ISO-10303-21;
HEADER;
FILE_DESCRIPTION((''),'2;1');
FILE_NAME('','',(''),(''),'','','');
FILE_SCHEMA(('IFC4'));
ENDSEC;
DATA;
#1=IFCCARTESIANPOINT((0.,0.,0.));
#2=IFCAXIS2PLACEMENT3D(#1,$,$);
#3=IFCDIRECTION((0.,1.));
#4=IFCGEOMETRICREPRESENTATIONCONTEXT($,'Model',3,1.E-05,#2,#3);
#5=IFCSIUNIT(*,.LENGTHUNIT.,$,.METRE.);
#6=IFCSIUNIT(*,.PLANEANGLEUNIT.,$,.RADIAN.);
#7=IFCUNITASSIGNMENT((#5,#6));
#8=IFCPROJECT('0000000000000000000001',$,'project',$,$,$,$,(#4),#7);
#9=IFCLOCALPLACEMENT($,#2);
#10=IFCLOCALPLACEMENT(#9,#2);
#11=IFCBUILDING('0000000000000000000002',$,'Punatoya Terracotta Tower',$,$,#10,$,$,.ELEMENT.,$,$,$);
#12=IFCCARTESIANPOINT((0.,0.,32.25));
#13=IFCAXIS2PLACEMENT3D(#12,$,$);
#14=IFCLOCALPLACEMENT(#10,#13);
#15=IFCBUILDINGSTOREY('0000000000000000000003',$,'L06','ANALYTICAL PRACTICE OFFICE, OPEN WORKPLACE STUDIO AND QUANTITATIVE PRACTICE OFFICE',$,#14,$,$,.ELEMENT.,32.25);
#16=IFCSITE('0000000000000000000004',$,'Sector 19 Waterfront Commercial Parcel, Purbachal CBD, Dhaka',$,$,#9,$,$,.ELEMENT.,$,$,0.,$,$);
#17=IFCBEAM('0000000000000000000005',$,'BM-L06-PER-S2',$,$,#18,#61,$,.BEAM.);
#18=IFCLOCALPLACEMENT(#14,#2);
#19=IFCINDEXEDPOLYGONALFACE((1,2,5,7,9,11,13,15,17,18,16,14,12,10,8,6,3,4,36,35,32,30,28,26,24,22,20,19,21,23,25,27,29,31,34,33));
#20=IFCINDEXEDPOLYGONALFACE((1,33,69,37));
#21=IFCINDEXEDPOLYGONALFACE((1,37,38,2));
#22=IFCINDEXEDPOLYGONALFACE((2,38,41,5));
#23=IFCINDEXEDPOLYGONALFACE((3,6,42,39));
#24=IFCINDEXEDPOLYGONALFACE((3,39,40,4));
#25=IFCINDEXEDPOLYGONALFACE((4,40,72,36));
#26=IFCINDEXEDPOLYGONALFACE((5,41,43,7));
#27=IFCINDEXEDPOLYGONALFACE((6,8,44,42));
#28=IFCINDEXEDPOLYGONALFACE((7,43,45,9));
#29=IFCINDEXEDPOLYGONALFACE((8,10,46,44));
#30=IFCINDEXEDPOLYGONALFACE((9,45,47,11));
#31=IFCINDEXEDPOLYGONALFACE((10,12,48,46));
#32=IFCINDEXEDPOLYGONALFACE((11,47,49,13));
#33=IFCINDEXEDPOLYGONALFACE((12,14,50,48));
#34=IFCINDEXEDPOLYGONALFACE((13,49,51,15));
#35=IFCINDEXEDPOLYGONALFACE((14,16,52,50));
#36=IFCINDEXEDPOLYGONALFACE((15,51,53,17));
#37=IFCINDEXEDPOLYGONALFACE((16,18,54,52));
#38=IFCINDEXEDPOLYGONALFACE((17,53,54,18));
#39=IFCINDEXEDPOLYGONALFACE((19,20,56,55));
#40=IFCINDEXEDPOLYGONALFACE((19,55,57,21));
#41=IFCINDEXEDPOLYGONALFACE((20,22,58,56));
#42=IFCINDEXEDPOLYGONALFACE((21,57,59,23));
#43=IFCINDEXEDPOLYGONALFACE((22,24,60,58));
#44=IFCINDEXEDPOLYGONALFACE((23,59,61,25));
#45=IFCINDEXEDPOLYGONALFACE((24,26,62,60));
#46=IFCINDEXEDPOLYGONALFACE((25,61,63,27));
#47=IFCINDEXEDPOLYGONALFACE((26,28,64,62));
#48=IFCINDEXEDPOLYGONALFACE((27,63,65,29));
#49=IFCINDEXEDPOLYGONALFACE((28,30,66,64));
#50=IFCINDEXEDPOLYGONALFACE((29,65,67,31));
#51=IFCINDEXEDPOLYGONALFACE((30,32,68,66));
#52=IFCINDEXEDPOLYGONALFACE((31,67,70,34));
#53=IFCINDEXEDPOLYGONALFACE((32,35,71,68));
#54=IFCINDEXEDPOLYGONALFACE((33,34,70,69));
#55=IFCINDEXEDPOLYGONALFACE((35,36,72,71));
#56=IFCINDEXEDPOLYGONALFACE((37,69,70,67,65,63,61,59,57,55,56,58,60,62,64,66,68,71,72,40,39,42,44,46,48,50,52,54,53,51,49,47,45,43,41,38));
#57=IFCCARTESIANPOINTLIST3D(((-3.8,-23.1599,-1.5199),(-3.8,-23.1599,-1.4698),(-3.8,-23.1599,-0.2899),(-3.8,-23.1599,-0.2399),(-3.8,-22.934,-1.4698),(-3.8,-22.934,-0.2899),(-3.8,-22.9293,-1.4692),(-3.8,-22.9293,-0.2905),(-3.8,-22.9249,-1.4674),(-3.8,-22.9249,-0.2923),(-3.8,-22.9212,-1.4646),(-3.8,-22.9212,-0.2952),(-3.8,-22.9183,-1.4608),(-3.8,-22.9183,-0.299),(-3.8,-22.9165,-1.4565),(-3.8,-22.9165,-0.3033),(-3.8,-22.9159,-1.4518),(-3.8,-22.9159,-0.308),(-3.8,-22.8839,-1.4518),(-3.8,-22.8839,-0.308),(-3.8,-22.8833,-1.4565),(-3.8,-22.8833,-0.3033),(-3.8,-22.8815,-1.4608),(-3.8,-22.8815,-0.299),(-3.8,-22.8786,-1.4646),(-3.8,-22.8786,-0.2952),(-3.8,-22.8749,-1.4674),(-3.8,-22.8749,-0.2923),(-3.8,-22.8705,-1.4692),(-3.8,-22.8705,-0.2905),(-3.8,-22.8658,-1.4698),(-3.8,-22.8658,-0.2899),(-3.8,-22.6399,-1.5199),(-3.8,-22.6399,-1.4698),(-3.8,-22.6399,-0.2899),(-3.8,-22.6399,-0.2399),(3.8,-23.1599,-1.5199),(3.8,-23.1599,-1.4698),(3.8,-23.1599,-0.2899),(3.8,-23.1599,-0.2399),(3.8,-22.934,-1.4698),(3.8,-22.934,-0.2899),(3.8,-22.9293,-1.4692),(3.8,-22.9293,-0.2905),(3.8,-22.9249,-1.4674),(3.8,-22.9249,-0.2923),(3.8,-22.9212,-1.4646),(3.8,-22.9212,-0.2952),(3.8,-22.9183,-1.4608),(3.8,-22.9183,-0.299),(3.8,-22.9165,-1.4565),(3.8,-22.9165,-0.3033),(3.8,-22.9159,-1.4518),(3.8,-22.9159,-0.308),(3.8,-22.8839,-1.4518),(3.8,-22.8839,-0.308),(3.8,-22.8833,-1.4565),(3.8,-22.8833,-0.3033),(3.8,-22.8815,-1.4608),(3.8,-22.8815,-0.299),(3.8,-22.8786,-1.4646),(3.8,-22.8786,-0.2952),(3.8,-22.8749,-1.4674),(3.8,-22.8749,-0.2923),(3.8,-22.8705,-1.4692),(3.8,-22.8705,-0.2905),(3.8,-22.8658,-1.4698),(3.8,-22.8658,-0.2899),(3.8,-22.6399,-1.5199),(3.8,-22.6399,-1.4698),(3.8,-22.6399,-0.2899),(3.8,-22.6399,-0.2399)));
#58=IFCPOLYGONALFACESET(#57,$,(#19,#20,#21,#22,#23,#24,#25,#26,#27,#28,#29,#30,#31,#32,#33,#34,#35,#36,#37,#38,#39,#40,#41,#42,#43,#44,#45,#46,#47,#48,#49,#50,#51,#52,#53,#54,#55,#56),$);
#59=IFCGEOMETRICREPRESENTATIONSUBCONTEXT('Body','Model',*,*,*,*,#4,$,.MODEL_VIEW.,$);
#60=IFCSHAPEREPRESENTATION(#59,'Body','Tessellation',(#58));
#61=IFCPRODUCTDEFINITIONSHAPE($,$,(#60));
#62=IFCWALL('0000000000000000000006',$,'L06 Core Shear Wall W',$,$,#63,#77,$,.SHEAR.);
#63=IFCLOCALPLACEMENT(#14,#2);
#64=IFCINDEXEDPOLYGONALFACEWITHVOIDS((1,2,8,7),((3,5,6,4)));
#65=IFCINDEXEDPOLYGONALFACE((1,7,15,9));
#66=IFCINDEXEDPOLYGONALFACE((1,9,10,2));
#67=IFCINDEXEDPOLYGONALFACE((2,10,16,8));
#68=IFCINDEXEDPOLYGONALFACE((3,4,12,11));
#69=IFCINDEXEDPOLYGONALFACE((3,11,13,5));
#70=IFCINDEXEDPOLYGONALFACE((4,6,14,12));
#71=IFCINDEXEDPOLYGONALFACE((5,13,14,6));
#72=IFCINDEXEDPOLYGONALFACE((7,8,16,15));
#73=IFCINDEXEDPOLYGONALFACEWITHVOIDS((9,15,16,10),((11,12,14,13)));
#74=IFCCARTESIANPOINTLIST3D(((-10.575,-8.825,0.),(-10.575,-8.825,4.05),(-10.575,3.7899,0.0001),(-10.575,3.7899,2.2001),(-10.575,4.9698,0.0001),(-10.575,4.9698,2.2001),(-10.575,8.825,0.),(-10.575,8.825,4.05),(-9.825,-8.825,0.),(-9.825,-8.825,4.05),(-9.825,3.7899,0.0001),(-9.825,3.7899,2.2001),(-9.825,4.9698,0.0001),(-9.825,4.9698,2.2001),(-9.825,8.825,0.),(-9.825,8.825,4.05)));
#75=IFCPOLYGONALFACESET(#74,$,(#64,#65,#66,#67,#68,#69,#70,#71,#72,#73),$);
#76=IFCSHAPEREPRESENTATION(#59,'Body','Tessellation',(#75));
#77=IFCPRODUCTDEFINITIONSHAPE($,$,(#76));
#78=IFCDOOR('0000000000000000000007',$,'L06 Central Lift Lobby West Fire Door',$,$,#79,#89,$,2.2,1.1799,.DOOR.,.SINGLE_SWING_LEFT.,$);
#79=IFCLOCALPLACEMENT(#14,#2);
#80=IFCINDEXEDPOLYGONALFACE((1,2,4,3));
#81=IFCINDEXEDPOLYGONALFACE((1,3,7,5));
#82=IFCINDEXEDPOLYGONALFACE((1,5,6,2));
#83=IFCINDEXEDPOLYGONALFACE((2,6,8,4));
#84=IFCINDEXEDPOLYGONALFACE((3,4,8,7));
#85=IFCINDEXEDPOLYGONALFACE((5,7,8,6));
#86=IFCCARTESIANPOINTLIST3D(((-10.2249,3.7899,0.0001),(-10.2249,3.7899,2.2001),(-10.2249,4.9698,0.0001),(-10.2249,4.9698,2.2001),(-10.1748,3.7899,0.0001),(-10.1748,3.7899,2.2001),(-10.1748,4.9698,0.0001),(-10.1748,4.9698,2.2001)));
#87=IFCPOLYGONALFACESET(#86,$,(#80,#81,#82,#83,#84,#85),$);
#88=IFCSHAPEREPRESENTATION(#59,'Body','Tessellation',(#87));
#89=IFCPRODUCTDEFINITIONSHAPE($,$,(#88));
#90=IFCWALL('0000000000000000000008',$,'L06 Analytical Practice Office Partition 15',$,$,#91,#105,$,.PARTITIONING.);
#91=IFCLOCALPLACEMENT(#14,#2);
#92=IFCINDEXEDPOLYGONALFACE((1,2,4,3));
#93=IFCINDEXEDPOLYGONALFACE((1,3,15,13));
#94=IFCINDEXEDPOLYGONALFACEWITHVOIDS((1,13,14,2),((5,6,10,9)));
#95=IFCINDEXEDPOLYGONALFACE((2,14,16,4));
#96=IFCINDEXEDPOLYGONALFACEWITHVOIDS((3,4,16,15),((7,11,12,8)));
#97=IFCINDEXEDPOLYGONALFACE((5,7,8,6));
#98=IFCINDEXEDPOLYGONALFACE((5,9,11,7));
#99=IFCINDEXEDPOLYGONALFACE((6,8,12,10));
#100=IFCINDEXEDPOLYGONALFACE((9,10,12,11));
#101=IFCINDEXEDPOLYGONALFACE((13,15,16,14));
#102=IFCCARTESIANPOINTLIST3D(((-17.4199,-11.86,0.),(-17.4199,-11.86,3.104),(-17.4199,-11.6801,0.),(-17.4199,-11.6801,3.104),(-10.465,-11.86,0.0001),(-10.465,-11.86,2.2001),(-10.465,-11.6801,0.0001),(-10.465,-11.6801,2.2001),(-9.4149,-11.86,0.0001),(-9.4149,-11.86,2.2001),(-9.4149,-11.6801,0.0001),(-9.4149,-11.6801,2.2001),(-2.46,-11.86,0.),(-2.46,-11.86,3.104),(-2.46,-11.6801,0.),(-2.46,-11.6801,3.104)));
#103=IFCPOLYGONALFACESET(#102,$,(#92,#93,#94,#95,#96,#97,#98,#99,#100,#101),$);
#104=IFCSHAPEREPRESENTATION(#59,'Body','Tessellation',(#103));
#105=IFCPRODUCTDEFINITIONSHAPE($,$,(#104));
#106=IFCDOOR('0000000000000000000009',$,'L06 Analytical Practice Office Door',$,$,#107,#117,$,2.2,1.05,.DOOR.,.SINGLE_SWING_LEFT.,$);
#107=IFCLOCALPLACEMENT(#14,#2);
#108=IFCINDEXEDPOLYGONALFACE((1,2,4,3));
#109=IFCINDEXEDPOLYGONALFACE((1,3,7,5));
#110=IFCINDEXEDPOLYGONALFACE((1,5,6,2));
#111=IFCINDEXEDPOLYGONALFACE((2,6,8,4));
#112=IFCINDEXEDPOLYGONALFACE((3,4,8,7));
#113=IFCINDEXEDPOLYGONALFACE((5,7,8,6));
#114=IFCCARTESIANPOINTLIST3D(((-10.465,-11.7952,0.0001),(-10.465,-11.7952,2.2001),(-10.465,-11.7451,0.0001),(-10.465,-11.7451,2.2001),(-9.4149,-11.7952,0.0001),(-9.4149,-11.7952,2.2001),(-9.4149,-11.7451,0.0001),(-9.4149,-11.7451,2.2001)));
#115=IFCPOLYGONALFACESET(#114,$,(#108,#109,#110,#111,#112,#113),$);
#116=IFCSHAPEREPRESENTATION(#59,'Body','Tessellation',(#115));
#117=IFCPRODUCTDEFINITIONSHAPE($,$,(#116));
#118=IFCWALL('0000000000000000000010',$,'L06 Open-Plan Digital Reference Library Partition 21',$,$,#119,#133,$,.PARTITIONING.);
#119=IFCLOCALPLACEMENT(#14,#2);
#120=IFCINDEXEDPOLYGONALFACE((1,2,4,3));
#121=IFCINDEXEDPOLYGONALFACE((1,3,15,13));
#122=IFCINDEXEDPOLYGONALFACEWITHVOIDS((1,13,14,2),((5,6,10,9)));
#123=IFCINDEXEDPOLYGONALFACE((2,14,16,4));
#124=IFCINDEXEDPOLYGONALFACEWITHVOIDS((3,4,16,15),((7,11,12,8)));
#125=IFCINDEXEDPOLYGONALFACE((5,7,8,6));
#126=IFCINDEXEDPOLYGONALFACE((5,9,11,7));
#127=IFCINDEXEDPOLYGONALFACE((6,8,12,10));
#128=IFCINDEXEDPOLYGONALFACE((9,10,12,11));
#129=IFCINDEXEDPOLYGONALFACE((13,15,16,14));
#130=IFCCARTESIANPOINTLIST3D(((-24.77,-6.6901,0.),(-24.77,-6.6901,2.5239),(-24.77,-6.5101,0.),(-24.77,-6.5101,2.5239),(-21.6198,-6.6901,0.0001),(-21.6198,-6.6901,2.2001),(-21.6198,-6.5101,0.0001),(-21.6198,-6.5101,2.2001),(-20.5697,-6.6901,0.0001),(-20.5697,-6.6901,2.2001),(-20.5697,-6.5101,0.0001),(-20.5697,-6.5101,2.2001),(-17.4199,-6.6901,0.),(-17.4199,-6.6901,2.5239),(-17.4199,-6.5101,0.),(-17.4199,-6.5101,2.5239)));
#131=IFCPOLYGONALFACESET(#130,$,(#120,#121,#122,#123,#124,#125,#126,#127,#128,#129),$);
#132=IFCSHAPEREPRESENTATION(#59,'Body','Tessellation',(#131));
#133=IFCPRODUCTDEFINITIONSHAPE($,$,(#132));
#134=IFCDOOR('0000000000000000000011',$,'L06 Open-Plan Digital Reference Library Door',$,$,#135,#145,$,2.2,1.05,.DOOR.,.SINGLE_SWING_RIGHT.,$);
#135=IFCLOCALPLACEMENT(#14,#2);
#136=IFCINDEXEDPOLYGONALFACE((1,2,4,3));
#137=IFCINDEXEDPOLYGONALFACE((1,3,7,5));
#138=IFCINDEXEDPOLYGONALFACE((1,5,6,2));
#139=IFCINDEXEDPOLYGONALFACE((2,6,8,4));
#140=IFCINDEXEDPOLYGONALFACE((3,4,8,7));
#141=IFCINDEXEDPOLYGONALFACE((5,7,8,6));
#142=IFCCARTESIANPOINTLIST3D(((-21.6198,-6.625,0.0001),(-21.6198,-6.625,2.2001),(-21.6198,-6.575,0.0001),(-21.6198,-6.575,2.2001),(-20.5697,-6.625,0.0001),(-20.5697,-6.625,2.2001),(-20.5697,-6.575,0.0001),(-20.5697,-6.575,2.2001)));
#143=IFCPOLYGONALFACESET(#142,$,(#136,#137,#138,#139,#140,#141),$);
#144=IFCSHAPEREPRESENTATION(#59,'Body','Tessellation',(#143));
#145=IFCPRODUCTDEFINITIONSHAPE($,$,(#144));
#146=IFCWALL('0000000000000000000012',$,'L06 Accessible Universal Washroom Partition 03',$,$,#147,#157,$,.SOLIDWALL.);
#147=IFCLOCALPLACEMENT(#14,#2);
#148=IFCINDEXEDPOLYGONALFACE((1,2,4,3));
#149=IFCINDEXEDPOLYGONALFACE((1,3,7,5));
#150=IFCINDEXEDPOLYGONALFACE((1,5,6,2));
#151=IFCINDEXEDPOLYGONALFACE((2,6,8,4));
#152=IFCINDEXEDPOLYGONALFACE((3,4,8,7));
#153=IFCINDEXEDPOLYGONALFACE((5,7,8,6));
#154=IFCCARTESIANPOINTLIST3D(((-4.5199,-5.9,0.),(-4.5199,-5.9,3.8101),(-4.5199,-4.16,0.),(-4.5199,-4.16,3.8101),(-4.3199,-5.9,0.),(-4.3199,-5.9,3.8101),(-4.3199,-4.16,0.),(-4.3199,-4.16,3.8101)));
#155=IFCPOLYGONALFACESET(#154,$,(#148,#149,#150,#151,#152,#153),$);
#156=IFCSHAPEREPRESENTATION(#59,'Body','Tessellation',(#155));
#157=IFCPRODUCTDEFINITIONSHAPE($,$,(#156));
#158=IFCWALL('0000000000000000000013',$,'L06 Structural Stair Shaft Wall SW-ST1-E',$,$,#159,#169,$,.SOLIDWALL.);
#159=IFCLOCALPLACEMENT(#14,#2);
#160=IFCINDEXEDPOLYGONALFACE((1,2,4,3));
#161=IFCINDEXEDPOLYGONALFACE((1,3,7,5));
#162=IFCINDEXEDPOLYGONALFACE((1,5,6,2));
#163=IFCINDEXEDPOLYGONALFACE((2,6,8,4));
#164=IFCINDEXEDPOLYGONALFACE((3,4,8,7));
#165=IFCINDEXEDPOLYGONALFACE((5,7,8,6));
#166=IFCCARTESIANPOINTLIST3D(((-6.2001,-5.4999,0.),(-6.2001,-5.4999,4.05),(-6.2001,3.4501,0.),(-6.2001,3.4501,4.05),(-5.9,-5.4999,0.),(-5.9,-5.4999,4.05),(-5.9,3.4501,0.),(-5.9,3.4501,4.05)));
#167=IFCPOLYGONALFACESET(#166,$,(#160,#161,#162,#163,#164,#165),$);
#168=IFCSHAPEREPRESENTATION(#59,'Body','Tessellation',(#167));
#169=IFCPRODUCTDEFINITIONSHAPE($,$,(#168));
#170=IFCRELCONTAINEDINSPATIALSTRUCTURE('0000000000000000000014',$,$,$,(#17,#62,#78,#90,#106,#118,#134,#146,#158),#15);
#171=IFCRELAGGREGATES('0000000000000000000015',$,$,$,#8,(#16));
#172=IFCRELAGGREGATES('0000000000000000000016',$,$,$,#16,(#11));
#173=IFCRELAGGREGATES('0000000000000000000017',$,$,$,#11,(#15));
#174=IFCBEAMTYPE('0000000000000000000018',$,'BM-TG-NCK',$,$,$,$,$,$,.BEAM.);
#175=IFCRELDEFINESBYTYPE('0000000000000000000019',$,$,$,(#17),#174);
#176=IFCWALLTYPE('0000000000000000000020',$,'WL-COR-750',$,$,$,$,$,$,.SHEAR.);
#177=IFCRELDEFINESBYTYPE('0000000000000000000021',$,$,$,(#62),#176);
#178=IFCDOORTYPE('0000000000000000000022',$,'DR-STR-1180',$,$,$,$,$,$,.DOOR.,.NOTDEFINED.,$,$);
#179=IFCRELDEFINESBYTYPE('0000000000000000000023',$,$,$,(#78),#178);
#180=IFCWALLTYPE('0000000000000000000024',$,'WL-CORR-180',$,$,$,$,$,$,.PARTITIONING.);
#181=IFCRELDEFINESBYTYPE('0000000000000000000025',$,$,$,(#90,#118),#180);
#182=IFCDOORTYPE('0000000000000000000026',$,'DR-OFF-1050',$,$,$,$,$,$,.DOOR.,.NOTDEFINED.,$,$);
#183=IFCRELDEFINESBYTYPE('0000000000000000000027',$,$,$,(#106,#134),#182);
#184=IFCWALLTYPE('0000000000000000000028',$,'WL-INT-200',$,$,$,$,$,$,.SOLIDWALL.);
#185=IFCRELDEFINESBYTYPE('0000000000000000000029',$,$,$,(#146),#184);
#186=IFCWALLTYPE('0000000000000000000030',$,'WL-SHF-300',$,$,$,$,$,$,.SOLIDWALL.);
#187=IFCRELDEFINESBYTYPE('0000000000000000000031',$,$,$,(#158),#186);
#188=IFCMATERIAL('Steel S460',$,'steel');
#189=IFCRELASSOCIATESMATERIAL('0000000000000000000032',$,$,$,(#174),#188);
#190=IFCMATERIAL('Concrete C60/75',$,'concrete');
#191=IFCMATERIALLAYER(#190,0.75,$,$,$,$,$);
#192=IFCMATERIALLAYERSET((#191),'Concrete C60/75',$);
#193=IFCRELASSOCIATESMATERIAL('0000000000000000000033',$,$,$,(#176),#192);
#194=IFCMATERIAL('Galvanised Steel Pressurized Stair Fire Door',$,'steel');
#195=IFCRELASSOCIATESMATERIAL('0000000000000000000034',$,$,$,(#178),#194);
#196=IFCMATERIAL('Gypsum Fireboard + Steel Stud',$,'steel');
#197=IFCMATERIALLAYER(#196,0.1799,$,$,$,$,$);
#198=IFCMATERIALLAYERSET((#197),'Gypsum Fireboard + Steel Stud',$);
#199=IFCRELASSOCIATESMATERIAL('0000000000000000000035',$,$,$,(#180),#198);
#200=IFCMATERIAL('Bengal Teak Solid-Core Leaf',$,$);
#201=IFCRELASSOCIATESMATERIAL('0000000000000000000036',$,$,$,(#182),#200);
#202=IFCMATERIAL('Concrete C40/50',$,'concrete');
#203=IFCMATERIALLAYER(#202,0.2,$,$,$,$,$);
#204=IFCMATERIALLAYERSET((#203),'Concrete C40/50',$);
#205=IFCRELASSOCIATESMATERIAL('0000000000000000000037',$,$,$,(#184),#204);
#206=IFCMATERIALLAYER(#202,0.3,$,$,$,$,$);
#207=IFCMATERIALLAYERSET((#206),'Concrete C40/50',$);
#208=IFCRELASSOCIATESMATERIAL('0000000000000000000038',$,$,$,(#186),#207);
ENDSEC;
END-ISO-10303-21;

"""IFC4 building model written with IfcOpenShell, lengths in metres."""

from ifc_helpers import new_model, si_unit, direction, frame, frame_2d, origin, origin_2d, place, context, subcontext, project, spatial, rectangle, i_section, extrude, material, layer, layer_set, material_profile, profile_set, type_object, element, fill, save


model = new_model("IFC4")

# Units and contexts
model_context = context("Model", 3, precision=1e-05, world=origin(), true_north=direction((0.0, 1.0)))
body_context = subcontext(model_context, "Body", "Model", "MODEL_VIEW")
ifc_project = project(units=[si_unit("LENGTHUNIT", "METRE"), si_unit("PLANEANGLEUNIT", "RADIAN")], contexts=[model_context])

# Site, building, storey
site_placement = place(None, origin())
site = spatial("IfcSite", under=ifc_project, at=site_placement, Name="Sector 19 Waterfront Commercial Parcel, Purbachal CBD, Dhaka", CompositionType="ELEMENT", RefElevation=0.0)
building_placement = place(site_placement, origin())
building = spatial("IfcBuilding", under=site, at=building_placement, Name="Punatoya Terracotta Tower", CompositionType="ELEMENT")
storey_placement = place(building_placement, frame((0.0, 0.0, 32.25)))
storey = spatial("IfcBuildingStorey", under=building, at=storey_placement, Name="L06", Description="ANALYTICAL PRACTICE OFFICE, OPEN WORKPLACE STUDIO AND QUANTITATIVE PRACTICE OFFICE", CompositionType="ELEMENT", Elevation=32.25)

# Shared definitions
ifc_material_1 = material(Name="Steel S460", Category="steel")

# Beam
ifc_material_2 = material(Name="Concrete C60/75", Category="concrete")
ifc_material_profile_1 = material_profile(ifc_material_1, i_section(OverallWidth=0.52, OverallDepth=1.28, WebThickness=0.032, FlangeThickness=0.05, FilletRadius=0.0181, at=origin_2d()))
ifc_profile_set_1 = profile_set([ifc_material_profile_1], Name="Steel S460")
beam_type_1 = type_object("IfcBeamType", Name="BM-TG-NCK", PredefinedType="BEAM", material=ifc_profile_set_1)
beam_1_placement = place(storey_placement, frame((-3.8, -22.8999, -0.8799), z_axis=(1.0, 0.0, 0.0), x_axis=(0.0, 1.0, 0.0)))
element("IfcBeam", 1, at=beam_1_placement, inside=storey, type_object=beam_type_1, Name="BM-L06-PER-S2", PredefinedType="BEAM", context=body_context, shape_type="SweptSolid", body=[
    extrude(i_section(OverallWidth=0.52, OverallDepth=1.28, WebThickness=0.032, FlangeThickness=0.05, FilletRadius=0.0181, at=origin_2d()), origin(), (0.0, 0.0, 1.0), 7.6001),
])

# Walls, openings, doors
ifc_layer_1 = layer(ifc_material_2, 0.75)
ifc_layer_set_1 = layer_set([ifc_layer_1], Name="Concrete C60/75")
wall_type_1 = type_object("IfcWallType", Name="WL-COR-750", PredefinedType="SHEAR", material=ifc_layer_set_1)
wall_1_placement = place(storey_placement, frame((-10.2, -8.825, 0.0), z_axis=(0.0, 0.0, 1.0), x_axis=(0.0, 1.0, 0.0)))
wall_1 = element("IfcWall", 2, at=wall_1_placement, inside=storey, type_object=wall_type_1, Name="L06 Core Shear Wall W", PredefinedType="SHEAR", context=body_context, shape_type="SweptSolid", body=[
    extrude(rectangle(XDim=17.6499, YDim=0.75, at=frame_2d((8.825, 0.0))), origin(), (0.0, 0.0, 1.0), 4.05),
])
opening_1_placement = place(wall_1_placement, frame((12.615, 0.0, 0.0)))
opening_1 = element("IfcOpeningElement", 3, at=opening_1_placement, cuts=wall_1, PredefinedType="OPENING", context=body_context, shape_type="SweptSolid", body=[
    extrude(rectangle(XDim=1.1799, YDim=2.2, at=frame_2d((0.5898, 1.1001))), frame((0.0, 0.385, 0.0), z_axis=(0.0, -1.0, 0.0), x_axis=(1.0, 0.0, 0.0)), (0.0, 0.0, 1.0), 0.77),
])
ifc_material_3 = material(Name="Galvanised Steel Pressurized Stair Fire Door", Category="steel")
door_type_1 = type_object("IfcDoorType", Name="DR-STR-1180", OperationType="NOTDEFINED", PredefinedType="DOOR", material=ifc_material_3)
door_1_placement = place(opening_1_placement, origin())
door_1 = element("IfcDoor", 4, at=door_1_placement, inside=storey, type_object=door_type_1, Name="L06 Central Lift Lobby West Fire Door", OperationType="SINGLE_SWING_LEFT", OverallHeight=2.2, OverallWidth=1.1799, PredefinedType="DOOR", context=body_context, shape_type="SweptSolid", body=[
    extrude(rectangle(XDim=1.1799, YDim=2.2, at=frame_2d((0.5898, 1.1001))), frame((0.0, 0.0249, 0.0), z_axis=(0.0, -1.0, 0.0), x_axis=(1.0, 0.0, 0.0)), (0.0, 0.0, 1.0), 0.05),
])
fill(opening_1, door_1)
ifc_material_4 = material(Name="Gypsum Fireboard + Steel Stud", Category="steel")
ifc_layer_2 = layer(ifc_material_4, 0.1799)
ifc_layer_set_2 = layer_set([ifc_layer_2], Name="Gypsum Fireboard + Steel Stud")
wall_type_2 = type_object("IfcWallType", Name="WL-CORR-180", PredefinedType="PARTITIONING", material=ifc_layer_set_2)
wall_2_placement = place(storey_placement, frame((-17.4199, -11.77, 0.0), z_axis=(0.0, 0.0, 1.0), x_axis=(1.0, 0.0, 0.0)))
wall_2 = element("IfcWall", 5, at=wall_2_placement, inside=storey, type_object=wall_type_2, Name="L06 Analytical Practice Office Partition 15", PredefinedType="PARTITIONING", context=body_context, shape_type="SweptSolid", body=[
    extrude(rectangle(XDim=14.96, YDim=0.1799, at=frame_2d((7.48, 0.0))), origin(), (0.0, 0.0, 1.0), 3.104),
])
opening_2_placement = place(wall_2_placement, frame((6.9551, 0.0, 0.0)))
opening_2 = element("IfcOpeningElement", 6, at=opening_2_placement, cuts=wall_2, PredefinedType="OPENING", context=body_context, shape_type="SweptSolid", body=[
    extrude(rectangle(XDim=1.05, YDim=2.2, at=frame_2d((0.5249, 1.1001))), frame((0.0, 0.0999, 0.0), z_axis=(0.0, -1.0, 0.0), x_axis=(1.0, 0.0, 0.0)), (0.0, 0.0, 1.0), 0.2),
])
ifc_material_5 = material(Name="Bengal Teak Solid-Core Leaf")
door_type_2 = type_object("IfcDoorType", Name="DR-OFF-1050", OperationType="NOTDEFINED", PredefinedType="DOOR", material=ifc_material_5)
door_2_placement = place(opening_2_placement, origin())
door_2 = element("IfcDoor", 7, at=door_2_placement, inside=storey, type_object=door_type_2, Name="L06 Analytical Practice Office Door", OperationType="SINGLE_SWING_LEFT", OverallHeight=2.2, OverallWidth=1.05, PredefinedType="DOOR", context=body_context, shape_type="SweptSolid", body=[
    extrude(rectangle(XDim=1.05, YDim=2.2, at=frame_2d((0.5249, 1.1001))), frame((0.0, 0.0249, 0.0), z_axis=(0.0, -1.0, 0.0), x_axis=(1.0, 0.0, 0.0)), (0.0, 0.0, 1.0), 0.05),
])
fill(opening_2, door_2)
wall_3_placement = place(storey_placement, frame((-17.4199, -6.6001, 0.0), z_axis=(0.0, 0.0, 1.0), x_axis=(-1.0, 0.0, 0.0)))
wall_3 = element("IfcWall", 8, at=wall_3_placement, inside=storey, type_object=wall_type_2, Name="L06 Open-Plan Digital Reference Library Partition 21", PredefinedType="PARTITIONING", context=body_context, shape_type="SweptSolid", body=[
    extrude(rectangle(XDim=7.3501, YDim=0.1799, at=frame_2d((3.675, 0.0))), origin(), (0.0, 0.0, 1.0), 2.5239),
])
opening_3_placement = place(wall_3_placement, frame((3.1499, 0.0, 0.0)))
opening_3 = element("IfcOpeningElement", 9, at=opening_3_placement, cuts=wall_3, PredefinedType="OPENING", context=body_context, shape_type="SweptSolid", body=[
    extrude(rectangle(XDim=1.05, YDim=2.2, at=frame_2d((0.5249, 1.1001))), frame((0.0, 0.0999, 0.0), z_axis=(0.0, -1.0, 0.0), x_axis=(1.0, 0.0, 0.0)), (0.0, 0.0, 1.0), 0.2),
])
door_3_placement = place(opening_3_placement, origin())
door_3 = element("IfcDoor", 10, at=door_3_placement, inside=storey, type_object=door_type_2, Name="L06 Open-Plan Digital Reference Library Door", OperationType="SINGLE_SWING_RIGHT", OverallHeight=2.2, OverallWidth=1.05, PredefinedType="DOOR", context=body_context, shape_type="SweptSolid", body=[
    extrude(rectangle(XDim=1.05, YDim=2.2, at=frame_2d((0.5249, 1.1001))), frame((0.0, 0.0249, 0.0), z_axis=(0.0, -1.0, 0.0), x_axis=(1.0, 0.0, 0.0)), (0.0, 0.0, 1.0), 0.05),
])
fill(opening_3, door_3)

# Walls
ifc_material_6 = material(Name="Concrete C40/50", Category="concrete")
ifc_layer_3 = layer(ifc_material_6, 0.2)
ifc_layer_set_3 = layer_set([ifc_layer_3], Name="Concrete C40/50")
wall_type_3 = type_object("IfcWallType", Name="WL-INT-200", PredefinedType="SOLIDWALL", material=ifc_layer_set_3)
wall_4_placement = place(storey_placement, frame((-4.4199, -4.1599, 0.0), z_axis=(0.0, 0.0, 1.0), x_axis=(0.0, -1.0, 0.0)))
element("IfcWall", 11, at=wall_4_placement, inside=storey, type_object=wall_type_3, Name="L06 Accessible Universal Washroom Partition 03", PredefinedType="SOLIDWALL", context=body_context, shape_type="SweptSolid", body=[
    extrude(rectangle(XDim=1.74, YDim=0.2, at=frame_2d((0.8701, 0.0))), origin(), (0.0, 0.0, 1.0), 3.8101),
])
ifc_layer_4 = layer(ifc_material_6, 0.3)
ifc_layer_set_4 = layer_set([ifc_layer_4], Name="Concrete C40/50")
wall_type_4 = type_object("IfcWallType", Name="WL-SHF-300", PredefinedType="SOLIDWALL", material=ifc_layer_set_4)
wall_5_placement = place(storey_placement, frame((-6.05, -5.5, 0.0), z_axis=(0.0, 0.0, 1.0), x_axis=(0.0, 1.0, 0.0)))
element("IfcWall", 12, at=wall_5_placement, inside=storey, type_object=wall_type_4, Name="L06 Structural Stair Shaft Wall SW-ST1-E", PredefinedType="SOLIDWALL", context=body_context, shape_type="SweptSolid", body=[
    extrude(rectangle(XDim=8.95, YDim=0.3, at=frame_2d((4.4751, 0.0))), origin(), (0.0, 0.0, 1.0), 4.05),
])

save(model, "model.ifc")
